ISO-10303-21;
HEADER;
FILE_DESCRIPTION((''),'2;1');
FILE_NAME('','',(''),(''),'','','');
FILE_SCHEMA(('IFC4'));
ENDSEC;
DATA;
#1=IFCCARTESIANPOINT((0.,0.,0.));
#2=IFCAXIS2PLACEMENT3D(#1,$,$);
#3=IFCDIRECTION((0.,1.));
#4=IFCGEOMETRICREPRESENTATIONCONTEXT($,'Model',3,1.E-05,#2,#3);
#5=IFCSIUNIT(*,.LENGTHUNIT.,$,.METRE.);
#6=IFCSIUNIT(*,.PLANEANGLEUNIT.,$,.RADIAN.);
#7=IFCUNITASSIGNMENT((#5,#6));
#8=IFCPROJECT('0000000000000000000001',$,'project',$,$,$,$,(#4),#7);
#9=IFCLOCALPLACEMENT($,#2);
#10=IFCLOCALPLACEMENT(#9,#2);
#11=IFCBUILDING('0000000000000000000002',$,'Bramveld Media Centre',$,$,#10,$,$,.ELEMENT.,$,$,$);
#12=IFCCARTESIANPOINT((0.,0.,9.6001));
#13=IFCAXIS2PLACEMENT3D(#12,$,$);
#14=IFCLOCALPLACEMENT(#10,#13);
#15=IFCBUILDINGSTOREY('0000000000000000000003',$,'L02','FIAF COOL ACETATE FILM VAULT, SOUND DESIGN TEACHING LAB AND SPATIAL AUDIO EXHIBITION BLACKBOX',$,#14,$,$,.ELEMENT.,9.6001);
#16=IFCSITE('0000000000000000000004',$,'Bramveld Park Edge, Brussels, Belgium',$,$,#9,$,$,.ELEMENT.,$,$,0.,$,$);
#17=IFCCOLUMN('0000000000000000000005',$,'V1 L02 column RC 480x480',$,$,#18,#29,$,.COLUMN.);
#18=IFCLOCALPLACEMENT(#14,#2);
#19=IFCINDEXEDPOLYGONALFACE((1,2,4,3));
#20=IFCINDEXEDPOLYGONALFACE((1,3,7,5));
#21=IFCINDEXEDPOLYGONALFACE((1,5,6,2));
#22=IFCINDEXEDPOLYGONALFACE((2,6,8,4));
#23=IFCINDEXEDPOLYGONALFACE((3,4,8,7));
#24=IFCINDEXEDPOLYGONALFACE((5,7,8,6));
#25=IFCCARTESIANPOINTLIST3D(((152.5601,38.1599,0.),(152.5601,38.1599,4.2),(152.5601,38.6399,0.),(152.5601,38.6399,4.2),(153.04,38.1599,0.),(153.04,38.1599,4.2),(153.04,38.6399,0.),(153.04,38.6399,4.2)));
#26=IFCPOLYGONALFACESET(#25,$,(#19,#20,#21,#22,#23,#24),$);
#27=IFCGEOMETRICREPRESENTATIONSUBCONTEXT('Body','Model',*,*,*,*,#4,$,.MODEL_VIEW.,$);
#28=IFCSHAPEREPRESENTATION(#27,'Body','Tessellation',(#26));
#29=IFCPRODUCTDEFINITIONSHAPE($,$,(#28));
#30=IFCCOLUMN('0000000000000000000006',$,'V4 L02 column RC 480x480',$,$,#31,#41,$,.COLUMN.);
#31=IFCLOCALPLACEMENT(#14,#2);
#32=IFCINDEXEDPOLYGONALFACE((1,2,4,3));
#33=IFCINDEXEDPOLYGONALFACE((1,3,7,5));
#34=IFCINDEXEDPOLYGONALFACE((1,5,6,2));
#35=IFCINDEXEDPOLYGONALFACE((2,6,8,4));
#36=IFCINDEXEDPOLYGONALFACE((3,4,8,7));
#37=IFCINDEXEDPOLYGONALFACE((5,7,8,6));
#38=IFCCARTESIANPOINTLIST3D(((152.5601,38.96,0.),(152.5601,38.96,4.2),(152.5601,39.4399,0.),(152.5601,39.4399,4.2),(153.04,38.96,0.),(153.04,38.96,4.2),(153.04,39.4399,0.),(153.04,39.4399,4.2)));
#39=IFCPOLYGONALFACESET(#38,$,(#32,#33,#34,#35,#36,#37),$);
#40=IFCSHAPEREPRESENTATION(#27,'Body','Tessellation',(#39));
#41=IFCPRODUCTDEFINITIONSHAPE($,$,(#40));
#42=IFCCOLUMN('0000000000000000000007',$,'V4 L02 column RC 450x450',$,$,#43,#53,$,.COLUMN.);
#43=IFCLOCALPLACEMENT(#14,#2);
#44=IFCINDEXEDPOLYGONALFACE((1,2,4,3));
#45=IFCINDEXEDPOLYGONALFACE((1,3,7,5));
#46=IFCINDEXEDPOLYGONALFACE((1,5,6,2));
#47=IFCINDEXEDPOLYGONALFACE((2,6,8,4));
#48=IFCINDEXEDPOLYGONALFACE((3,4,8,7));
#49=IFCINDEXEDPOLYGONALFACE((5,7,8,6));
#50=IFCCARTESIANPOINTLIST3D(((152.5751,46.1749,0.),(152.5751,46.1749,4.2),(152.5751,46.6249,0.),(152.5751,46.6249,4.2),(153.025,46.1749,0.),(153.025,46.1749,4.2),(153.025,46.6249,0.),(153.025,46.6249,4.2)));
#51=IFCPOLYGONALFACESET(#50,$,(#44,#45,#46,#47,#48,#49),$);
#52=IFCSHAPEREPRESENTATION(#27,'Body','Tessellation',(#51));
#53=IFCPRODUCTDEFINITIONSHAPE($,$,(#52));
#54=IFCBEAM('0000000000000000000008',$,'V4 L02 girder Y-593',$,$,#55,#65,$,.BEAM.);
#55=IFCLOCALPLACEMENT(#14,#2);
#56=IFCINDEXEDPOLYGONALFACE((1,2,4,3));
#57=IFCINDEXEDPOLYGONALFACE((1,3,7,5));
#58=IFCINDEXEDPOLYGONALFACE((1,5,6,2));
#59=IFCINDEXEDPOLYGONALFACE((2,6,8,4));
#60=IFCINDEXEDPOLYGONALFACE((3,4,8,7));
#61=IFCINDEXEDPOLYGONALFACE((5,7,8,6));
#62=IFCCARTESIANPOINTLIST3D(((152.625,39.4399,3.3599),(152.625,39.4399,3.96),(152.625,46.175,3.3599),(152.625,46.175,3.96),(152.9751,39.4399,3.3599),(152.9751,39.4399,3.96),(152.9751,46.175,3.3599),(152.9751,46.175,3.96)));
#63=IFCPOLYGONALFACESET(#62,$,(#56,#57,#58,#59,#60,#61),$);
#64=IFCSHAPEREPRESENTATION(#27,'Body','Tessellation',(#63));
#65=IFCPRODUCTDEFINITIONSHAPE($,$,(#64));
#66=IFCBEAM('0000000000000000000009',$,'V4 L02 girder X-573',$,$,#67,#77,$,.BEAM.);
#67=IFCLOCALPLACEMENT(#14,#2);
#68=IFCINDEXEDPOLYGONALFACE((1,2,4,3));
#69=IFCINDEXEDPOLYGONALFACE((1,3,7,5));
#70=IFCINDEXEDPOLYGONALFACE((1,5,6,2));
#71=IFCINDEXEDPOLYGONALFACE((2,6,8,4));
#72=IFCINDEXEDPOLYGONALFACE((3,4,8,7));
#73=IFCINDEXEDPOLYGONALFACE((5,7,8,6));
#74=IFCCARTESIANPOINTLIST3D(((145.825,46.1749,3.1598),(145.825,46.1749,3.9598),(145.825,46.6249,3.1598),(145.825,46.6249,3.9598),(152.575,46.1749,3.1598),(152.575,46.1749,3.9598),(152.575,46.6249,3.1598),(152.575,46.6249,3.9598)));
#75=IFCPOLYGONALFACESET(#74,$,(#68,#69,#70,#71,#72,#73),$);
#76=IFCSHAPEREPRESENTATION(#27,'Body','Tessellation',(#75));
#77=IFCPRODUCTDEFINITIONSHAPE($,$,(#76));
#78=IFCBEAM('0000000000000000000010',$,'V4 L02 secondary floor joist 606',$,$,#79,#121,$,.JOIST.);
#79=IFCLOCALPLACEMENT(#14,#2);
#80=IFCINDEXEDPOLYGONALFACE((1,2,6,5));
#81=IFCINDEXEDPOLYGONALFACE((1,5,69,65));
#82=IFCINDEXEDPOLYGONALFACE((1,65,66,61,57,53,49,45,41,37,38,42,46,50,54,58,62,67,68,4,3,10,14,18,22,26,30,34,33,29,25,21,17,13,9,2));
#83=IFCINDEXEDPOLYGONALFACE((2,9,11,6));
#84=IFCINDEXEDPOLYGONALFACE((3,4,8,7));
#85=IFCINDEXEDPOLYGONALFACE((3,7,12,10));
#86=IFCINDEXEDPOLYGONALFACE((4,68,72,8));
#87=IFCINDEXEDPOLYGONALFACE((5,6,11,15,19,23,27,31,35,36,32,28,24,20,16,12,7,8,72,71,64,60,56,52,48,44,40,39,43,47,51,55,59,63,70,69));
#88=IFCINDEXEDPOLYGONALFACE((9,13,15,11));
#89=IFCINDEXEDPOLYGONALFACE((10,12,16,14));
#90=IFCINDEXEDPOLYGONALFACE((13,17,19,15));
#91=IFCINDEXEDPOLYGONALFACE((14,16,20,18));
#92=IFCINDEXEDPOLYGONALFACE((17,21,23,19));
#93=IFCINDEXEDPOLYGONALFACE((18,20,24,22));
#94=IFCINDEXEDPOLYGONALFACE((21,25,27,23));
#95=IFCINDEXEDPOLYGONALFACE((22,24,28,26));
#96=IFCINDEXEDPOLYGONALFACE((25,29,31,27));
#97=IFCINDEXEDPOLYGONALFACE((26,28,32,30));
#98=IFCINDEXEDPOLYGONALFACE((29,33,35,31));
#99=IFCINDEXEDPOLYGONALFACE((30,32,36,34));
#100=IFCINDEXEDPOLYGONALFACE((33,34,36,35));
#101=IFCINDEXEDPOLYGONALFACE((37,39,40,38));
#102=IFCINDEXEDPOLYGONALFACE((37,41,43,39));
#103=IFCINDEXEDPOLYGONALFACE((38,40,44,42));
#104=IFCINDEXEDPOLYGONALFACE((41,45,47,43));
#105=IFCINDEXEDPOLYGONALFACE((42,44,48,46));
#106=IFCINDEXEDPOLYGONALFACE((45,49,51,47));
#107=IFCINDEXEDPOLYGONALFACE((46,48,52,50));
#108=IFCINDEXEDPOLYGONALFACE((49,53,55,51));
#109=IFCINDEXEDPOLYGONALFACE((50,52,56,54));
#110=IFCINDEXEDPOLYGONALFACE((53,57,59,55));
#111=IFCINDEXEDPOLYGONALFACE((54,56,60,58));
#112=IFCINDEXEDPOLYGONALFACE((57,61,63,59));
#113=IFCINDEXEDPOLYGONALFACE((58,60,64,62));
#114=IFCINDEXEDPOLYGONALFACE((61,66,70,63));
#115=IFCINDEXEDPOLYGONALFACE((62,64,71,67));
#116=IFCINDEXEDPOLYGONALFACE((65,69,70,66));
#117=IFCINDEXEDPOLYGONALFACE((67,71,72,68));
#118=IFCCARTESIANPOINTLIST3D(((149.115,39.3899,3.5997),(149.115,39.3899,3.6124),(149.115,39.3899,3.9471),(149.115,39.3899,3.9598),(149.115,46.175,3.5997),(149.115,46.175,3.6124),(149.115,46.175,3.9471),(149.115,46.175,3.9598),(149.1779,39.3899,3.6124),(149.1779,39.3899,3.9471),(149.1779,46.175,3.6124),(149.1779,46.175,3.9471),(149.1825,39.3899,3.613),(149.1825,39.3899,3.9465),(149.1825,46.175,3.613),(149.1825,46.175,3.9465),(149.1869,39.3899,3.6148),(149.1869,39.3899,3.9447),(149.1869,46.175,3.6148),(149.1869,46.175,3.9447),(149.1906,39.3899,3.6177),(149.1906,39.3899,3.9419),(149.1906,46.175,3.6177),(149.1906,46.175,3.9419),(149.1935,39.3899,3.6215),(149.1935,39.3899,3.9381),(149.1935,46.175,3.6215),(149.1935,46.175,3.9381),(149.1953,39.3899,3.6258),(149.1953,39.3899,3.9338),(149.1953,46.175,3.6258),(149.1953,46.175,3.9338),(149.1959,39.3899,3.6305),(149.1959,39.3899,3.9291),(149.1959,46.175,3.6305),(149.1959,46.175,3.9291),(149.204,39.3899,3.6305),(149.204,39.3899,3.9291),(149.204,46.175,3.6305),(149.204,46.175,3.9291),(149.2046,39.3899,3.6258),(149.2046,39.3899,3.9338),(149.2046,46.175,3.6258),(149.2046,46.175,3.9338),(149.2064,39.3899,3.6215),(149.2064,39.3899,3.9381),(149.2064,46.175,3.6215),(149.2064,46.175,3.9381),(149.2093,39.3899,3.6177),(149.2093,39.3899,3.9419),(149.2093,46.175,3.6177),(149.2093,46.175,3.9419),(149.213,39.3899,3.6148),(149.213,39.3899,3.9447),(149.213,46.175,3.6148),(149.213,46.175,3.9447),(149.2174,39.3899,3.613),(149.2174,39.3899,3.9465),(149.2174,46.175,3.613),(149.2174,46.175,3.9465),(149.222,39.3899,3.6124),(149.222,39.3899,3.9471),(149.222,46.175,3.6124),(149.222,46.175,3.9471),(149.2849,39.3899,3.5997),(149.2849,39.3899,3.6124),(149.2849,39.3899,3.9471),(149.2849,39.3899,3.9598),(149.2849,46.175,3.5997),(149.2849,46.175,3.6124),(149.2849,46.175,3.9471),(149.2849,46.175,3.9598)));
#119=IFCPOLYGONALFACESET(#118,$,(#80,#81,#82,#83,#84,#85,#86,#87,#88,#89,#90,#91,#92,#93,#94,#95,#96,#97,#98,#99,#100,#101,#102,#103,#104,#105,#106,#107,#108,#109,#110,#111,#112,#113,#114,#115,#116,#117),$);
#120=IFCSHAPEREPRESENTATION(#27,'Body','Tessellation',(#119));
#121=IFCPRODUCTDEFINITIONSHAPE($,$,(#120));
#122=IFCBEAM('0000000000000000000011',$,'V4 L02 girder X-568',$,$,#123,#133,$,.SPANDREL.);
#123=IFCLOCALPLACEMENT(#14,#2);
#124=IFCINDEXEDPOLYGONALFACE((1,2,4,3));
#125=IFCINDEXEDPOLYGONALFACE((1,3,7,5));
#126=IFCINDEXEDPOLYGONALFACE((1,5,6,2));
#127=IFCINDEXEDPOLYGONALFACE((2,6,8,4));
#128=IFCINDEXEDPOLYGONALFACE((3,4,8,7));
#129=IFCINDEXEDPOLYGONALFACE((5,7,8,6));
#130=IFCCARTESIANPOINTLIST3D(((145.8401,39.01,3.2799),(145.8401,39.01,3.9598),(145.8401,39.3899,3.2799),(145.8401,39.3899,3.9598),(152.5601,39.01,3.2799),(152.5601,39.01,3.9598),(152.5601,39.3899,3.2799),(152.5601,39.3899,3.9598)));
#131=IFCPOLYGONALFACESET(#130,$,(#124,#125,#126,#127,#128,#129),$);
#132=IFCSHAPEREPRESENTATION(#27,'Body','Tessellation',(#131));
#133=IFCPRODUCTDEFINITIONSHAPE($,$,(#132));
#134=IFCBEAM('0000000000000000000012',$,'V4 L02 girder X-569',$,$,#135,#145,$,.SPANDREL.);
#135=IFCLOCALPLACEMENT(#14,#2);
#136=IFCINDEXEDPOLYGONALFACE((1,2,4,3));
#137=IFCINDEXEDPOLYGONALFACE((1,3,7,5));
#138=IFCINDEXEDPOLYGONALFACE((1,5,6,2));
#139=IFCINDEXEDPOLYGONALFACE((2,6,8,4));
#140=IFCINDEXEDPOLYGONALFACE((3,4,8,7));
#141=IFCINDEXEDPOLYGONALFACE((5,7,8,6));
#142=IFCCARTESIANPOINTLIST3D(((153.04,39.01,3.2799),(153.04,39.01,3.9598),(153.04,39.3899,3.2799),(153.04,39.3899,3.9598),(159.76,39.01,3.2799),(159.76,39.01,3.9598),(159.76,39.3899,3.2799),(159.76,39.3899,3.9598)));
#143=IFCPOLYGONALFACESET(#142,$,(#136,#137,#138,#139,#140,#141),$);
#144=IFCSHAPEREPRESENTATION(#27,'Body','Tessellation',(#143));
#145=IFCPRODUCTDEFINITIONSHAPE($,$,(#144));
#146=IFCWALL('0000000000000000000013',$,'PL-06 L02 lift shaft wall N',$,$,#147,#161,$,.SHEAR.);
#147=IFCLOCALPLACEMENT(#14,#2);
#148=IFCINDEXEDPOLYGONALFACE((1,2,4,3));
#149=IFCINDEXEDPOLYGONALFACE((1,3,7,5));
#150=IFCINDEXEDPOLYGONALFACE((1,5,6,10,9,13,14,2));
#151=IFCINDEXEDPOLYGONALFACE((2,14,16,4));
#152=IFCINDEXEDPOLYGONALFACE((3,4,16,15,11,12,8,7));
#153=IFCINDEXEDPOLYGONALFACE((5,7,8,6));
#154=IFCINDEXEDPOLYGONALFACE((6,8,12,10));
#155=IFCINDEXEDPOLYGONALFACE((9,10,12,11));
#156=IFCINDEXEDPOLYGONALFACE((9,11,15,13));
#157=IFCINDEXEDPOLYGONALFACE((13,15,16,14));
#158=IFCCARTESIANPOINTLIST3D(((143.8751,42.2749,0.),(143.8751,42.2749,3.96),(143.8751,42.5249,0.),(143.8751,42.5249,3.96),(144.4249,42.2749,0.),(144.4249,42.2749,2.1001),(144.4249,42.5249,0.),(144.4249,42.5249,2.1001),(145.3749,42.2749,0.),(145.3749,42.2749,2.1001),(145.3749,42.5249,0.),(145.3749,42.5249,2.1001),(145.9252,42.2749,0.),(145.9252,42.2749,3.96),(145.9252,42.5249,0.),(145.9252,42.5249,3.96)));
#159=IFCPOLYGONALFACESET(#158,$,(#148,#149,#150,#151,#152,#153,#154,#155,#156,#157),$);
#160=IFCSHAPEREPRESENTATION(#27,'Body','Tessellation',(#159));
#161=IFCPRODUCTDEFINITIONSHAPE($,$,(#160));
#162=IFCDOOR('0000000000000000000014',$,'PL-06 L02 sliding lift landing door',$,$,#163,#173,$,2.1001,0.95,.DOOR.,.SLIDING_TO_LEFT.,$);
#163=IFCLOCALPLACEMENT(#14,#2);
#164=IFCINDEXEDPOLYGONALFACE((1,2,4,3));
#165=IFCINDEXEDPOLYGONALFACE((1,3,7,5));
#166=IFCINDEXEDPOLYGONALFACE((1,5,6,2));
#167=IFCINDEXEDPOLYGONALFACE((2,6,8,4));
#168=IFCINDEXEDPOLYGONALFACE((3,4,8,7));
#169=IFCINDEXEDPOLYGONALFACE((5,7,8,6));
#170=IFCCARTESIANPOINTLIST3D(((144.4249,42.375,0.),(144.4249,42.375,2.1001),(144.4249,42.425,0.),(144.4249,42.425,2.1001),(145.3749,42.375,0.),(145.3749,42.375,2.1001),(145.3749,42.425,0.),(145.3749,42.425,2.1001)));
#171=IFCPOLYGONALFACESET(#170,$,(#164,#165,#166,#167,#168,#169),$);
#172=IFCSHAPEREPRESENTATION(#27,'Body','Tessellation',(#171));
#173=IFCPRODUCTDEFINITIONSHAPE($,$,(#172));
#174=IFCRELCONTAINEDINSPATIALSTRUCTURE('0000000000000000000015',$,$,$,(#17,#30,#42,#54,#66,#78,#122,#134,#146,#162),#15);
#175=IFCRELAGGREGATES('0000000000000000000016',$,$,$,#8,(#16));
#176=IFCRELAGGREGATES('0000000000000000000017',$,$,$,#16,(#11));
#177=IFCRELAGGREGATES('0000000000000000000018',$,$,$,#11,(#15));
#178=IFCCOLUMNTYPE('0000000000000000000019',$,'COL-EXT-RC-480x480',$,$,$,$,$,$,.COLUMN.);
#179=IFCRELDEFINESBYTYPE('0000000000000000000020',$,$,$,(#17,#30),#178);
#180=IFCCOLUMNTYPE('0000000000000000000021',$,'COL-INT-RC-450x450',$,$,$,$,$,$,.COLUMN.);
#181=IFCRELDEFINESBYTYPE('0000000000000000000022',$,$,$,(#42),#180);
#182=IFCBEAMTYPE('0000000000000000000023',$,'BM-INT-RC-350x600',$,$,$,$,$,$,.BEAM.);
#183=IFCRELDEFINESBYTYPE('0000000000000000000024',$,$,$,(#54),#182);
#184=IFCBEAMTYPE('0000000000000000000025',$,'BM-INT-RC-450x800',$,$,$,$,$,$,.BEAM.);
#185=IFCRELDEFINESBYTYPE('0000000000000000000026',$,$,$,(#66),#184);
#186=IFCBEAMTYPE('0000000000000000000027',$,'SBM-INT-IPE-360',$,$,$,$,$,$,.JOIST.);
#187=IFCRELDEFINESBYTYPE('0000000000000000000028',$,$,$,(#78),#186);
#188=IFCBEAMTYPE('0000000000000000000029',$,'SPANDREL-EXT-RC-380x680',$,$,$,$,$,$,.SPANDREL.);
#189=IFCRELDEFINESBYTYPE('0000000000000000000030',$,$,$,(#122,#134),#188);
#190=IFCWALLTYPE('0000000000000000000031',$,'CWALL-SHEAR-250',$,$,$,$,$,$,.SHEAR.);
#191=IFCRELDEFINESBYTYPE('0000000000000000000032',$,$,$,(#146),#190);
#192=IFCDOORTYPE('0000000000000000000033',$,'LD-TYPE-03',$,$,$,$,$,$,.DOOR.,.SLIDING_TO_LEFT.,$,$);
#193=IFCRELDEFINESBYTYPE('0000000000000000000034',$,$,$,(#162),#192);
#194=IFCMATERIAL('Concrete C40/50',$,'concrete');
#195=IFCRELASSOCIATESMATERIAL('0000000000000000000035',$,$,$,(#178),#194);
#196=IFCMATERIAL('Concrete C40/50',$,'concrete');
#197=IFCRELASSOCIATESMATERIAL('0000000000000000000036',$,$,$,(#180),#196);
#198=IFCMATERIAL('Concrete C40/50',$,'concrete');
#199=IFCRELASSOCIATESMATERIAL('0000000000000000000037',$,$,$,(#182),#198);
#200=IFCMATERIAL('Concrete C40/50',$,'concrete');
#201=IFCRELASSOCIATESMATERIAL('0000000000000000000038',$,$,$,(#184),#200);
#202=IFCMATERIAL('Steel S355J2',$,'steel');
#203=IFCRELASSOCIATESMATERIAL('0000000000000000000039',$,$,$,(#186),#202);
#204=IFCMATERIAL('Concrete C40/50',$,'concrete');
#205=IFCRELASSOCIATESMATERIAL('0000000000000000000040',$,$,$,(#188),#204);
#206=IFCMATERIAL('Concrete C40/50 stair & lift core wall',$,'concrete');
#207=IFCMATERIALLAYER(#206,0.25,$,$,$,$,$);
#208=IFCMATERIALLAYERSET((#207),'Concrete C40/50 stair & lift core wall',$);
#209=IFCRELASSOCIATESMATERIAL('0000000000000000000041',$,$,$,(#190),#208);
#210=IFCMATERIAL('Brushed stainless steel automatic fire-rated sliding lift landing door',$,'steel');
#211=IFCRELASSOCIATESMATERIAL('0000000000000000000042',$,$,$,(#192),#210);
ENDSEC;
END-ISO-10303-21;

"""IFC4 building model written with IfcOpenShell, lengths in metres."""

from ifc_helpers import new_model, si_unit, direction, frame, frame_2d, origin, origin_2d, place, context, subcontext, project, spatial, rectangle, i_section, extrude, material, layer, layer_set, material_profile, profile_set, type_object, element, fill, save


model = new_model("IFC4")

# Units and contexts
model_context = context("Model", 3, precision=1e-05, world=origin(), true_north=direction((0.0, 1.0)))
body_context = subcontext(model_context, "Body", "Model", "MODEL_VIEW")
ifc_project = project(units=[si_unit("LENGTHUNIT", "METRE"), si_unit("PLANEANGLEUNIT", "RADIAN")], contexts=[model_context])

# Site, building, storey
site_placement = place(None, origin())
site = spatial("IfcSite", under=ifc_project, at=site_placement, Name="Bramveld Park Edge, Brussels, Belgium", CompositionType="ELEMENT", RefElevation=0.0)
building_placement = place(site_placement, origin())
building = spatial("IfcBuilding", under=site, at=building_placement, Name="Bramveld Media Centre", CompositionType="ELEMENT")
storey_placement = place(building_placement, frame((0.0, 0.0, 9.6001)))
storey = spatial("IfcBuildingStorey", under=building, at=storey_placement, Name="L02", Description="FIAF COOL ACETATE FILM VAULT, SOUND DESIGN TEACHING LAB AND SPATIAL AUDIO EXHIBITION BLACKBOX", CompositionType="ELEMENT", Elevation=9.6001)

# Columns
ifc_material_1 = material(Name="Concrete C40/50", Category="concrete")
ifc_material_profile_1 = material_profile(ifc_material_1, rectangle(XDim=0.48, YDim=0.48, at=origin_2d()), Name="RC 480x480")
ifc_profile_set_1 = profile_set([ifc_material_profile_1], Name="Concrete C40/50")
column_type_1 = type_object("IfcColumnType", Name="COL-EXT-RC-480x480", PredefinedType="COLUMN", material=ifc_profile_set_1)
for number, where, z_axis, x_axis, name in (
    (1, (152.8, 38.3999, 0.0), (0.0, 0.0, 1.0), (1.0, 0.0, 0.0), "V1 L02 column RC 480x480"),
    (2, (152.8, 39.2, 0.0), (0.0, 0.0, 1.0), (1.0, 0.0, 0.0), "V4 L02 column RC 480x480"),
):
    element("IfcColumn", number, at=place(storey_placement, frame(where, z_axis=z_axis, x_axis=x_axis)), inside=storey, type_object=column_type_1, Name=name, PredefinedType="COLUMN", context=body_context, shape_type="SweptSolid", body=[
        extrude(rectangle(XDim=0.48, YDim=0.48, at=origin_2d()), origin(), (0.0, 0.0, 1.0), 4.2),
    ])
ifc_material_2 = material(Name="Concrete C40/50", Category="concrete")
ifc_material_profile_2 = material_profile(ifc_material_2, rectangle(XDim=0.45, YDim=0.45, at=origin_2d()), Name="RC 450x450")
ifc_profile_set_2 = profile_set([ifc_material_profile_2], Name="Concrete C40/50")
column_type_2 = type_object("IfcColumnType", Name="COL-INT-RC-450x450", PredefinedType="COLUMN", material=ifc_profile_set_2)
column_placement = place(storey_placement, frame((152.8, 46.3999, 0.0), z_axis=(0.0, 0.0, 1.0), x_axis=(1.0, 0.0, 0.0)))
element("IfcColumn", 3, at=column_placement, inside=storey, type_object=column_type_2, Name="V4 L02 column RC 450x450", PredefinedType="COLUMN", context=body_context, shape_type="SweptSolid", body=[
    extrude(rectangle(XDim=0.45, YDim=0.45, at=origin_2d()), origin(), (0.0, 0.0, 1.0), 4.2),
])

# Beams
ifc_material_3 = material(Name="Concrete C40/50", Category="concrete")
ifc_material_profile_3 = material_profile(ifc_material_3, rectangle(XDim=0.3501, YDim=0.6001, at=origin_2d()), Name="RC 350x600")
ifc_profile_set_3 = profile_set([ifc_material_profile_3], Name="Concrete C40/50")
beam_type_1 = type_object("IfcBeamType", Name="BM-INT-RC-350x600", PredefinedType="BEAM", material=ifc_profile_set_3)
beam_1_placement = place(storey_placement, frame((152.8, 39.4399, 3.6599), z_axis=(0.0, 1.0, 0.0), x_axis=(-1.0, 0.0, 0.0)))
element("IfcBeam", 4, at=beam_1_placement, inside=storey, type_object=beam_type_1, Name="V4 L02 girder Y-593", PredefinedType="BEAM", context=body_context, shape_type="SweptSolid", body=[
    extrude(rectangle(XDim=0.3501, YDim=0.6001, at=origin_2d()), origin(), (0.0, 0.0, 1.0), 6.7351),
])
ifc_material_4 = material(Name="Concrete C40/50", Category="concrete")
ifc_material_profile_4 = material_profile(ifc_material_4, rectangle(XDim=0.45, YDim=0.8, at=origin_2d()), Name="RC 450x800")
ifc_profile_set_4 = profile_set([ifc_material_profile_4], Name="Concrete C40/50")
beam_type_2 = type_object("IfcBeamType", Name="BM-INT-RC-450x800", PredefinedType="BEAM", material=ifc_profile_set_4)
beam_2_placement = place(storey_placement, frame((145.825, 46.3999, 3.5598), z_axis=(1.0, 0.0, 0.0), x_axis=(0.0, 1.0, 0.0)))
element("IfcBeam", 5, at=beam_2_placement, inside=storey, type_object=beam_type_2, Name="V4 L02 girder X-573", PredefinedType="BEAM", context=body_context, shape_type="SweptSolid", body=[
    extrude(rectangle(XDim=0.45, YDim=0.8, at=origin_2d()), origin(), (0.0, 0.0, 1.0), 6.75),
])
ifc_material_5 = material(Name="Steel S355J2", Category="steel")
ifc_material_profile_5 = material_profile(ifc_material_5, i_section(OverallWidth=0.1699, OverallDepth=0.3601, WebThickness=0.0081, FlangeThickness=0.0127, FilletRadius=0.0181, at=origin_2d()), Name="IPE 360")
ifc_profile_set_5 = profile_set([ifc_material_profile_5], Name="Steel S355J2")
beam_type_3 = type_object("IfcBeamType", Name="SBM-INT-IPE-360", PredefinedType="JOIST", material=ifc_profile_set_5)
beam_3_placement = place(storey_placement, frame((149.2, 39.3899, 3.7798), z_axis=(0.0, 1.0, 0.0), x_axis=(-1.0, 0.0, 0.0)))
element("IfcBeam", 6, at=beam_3_placement, inside=storey, type_object=beam_type_3, Name="V4 L02 secondary floor joist 606", PredefinedType="JOIST", context=body_context, shape_type="SweptSolid", body=[
    extrude(i_section(OverallWidth=0.1699, OverallDepth=0.3601, WebThickness=0.0081, FlangeThickness=0.0127, FilletRadius=0.0181, at=origin_2d()), origin(), (0.0, 0.0, 1.0), 6.7852),
])
ifc_material_6 = material(Name="Concrete C40/50", Category="concrete")
ifc_material_profile_6 = material_profile(ifc_material_6, rectangle(XDim=0.3799, YDim=0.6799, at=origin_2d()), Name="RC 380x680")
ifc_profile_set_6 = profile_set([ifc_material_profile_6], Name="Concrete C40/50")
beam_type_4 = type_object("IfcBeamType", Name="SPANDREL-EXT-RC-380x680", PredefinedType="SPANDREL", material=ifc_profile_set_6)
for number, where, z_axis, x_axis, name in (
    (7, (145.8401, 39.2, 3.6199), (1.0, 0.0, 0.0), (0.0, 1.0, 0.0), "V4 L02 girder X-568"),
    (8, (153.04, 39.2, 3.6199), (1.0, 0.0, 0.0), (0.0, 1.0, 0.0), "V4 L02 girder X-569"),
):
    element("IfcBeam", number, at=place(storey_placement, frame(where, z_axis=z_axis, x_axis=x_axis)), inside=storey, type_object=beam_type_4, Name=name, PredefinedType="SPANDREL", context=body_context, shape_type="SweptSolid", body=[
        extrude(rectangle(XDim=0.3799, YDim=0.6799, at=origin_2d()), origin(), (0.0, 0.0, 1.0), 6.72),
    ])

# Wall, opening, door
ifc_material_7 = material(Name="Concrete C40/50 stair & lift core wall", Category="concrete")
ifc_layer_1 = layer(ifc_material_7, 0.25)
ifc_layer_set_1 = layer_set([ifc_layer_1], Name="Concrete C40/50 stair & lift core wall")
wall_type_1 = type_object("IfcWallType", Name="CWALL-SHEAR-250", PredefinedType="SHEAR", material=ifc_layer_set_1)
wall_1_placement = place(storey_placement, frame((145.925, 42.3999, 0.0), z_axis=(0.0, 0.0, 1.0), x_axis=(-1.0, 0.0, 0.0)))
wall_1 = element("IfcWall", 9, at=wall_1_placement, inside=storey, type_object=wall_type_1, Name="PL-06 L02 lift shaft wall N", PredefinedType="SHEAR", context=body_context, shape_type="SweptSolid", body=[
    extrude(rectangle(XDim=2.05, YDim=0.25, at=frame_2d((1.0249, 0.0))), origin(), (0.0, 0.0, 1.0), 3.96),
])
opening_1_placement = place(wall_1_placement, frame((0.55, 0.0, 0.0)))
opening_1 = element("IfcOpeningElement", 10, at=opening_1_placement, cuts=wall_1, PredefinedType="OPENING", context=body_context, shape_type="SweptSolid", body=[
    extrude(rectangle(XDim=0.95, YDim=2.1001, at=frame_2d((0.4751, 1.05))), frame((0.0, 0.137, 0.0), z_axis=(0.0, -1.0, 0.0), x_axis=(1.0, 0.0, 0.0)), (0.0, 0.0, 1.0), 0.2739),
])
ifc_material_8 = material(Name="Brushed stainless steel automatic fire-rated sliding lift landing door", Category="steel")
door_type_1 = type_object("IfcDoorType", Name="LD-TYPE-03", OperationType="SLIDING_TO_LEFT", PredefinedType="DOOR", material=ifc_material_8)
door_1_placement = place(opening_1_placement, origin())
door_1 = element("IfcDoor", 11, at=door_1_placement, inside=storey, type_object=door_type_1, Name="PL-06 L02 sliding lift landing door", OperationType="SLIDING_TO_LEFT", OverallHeight=2.1001, OverallWidth=0.95, PredefinedType="DOOR", context=body_context, shape_type="SweptSolid", body=[
    extrude(rectangle(XDim=0.95, YDim=2.1001, at=frame_2d((0.4751, 1.05))), frame((0.0, 0.0249, 0.0), z_axis=(0.0, -1.0, 0.0), x_axis=(1.0, 0.0, 0.0)), (0.0, 0.0, 1.0), 0.05),
])
fill(opening_1, door_1)

save(model, "model.ifc")
